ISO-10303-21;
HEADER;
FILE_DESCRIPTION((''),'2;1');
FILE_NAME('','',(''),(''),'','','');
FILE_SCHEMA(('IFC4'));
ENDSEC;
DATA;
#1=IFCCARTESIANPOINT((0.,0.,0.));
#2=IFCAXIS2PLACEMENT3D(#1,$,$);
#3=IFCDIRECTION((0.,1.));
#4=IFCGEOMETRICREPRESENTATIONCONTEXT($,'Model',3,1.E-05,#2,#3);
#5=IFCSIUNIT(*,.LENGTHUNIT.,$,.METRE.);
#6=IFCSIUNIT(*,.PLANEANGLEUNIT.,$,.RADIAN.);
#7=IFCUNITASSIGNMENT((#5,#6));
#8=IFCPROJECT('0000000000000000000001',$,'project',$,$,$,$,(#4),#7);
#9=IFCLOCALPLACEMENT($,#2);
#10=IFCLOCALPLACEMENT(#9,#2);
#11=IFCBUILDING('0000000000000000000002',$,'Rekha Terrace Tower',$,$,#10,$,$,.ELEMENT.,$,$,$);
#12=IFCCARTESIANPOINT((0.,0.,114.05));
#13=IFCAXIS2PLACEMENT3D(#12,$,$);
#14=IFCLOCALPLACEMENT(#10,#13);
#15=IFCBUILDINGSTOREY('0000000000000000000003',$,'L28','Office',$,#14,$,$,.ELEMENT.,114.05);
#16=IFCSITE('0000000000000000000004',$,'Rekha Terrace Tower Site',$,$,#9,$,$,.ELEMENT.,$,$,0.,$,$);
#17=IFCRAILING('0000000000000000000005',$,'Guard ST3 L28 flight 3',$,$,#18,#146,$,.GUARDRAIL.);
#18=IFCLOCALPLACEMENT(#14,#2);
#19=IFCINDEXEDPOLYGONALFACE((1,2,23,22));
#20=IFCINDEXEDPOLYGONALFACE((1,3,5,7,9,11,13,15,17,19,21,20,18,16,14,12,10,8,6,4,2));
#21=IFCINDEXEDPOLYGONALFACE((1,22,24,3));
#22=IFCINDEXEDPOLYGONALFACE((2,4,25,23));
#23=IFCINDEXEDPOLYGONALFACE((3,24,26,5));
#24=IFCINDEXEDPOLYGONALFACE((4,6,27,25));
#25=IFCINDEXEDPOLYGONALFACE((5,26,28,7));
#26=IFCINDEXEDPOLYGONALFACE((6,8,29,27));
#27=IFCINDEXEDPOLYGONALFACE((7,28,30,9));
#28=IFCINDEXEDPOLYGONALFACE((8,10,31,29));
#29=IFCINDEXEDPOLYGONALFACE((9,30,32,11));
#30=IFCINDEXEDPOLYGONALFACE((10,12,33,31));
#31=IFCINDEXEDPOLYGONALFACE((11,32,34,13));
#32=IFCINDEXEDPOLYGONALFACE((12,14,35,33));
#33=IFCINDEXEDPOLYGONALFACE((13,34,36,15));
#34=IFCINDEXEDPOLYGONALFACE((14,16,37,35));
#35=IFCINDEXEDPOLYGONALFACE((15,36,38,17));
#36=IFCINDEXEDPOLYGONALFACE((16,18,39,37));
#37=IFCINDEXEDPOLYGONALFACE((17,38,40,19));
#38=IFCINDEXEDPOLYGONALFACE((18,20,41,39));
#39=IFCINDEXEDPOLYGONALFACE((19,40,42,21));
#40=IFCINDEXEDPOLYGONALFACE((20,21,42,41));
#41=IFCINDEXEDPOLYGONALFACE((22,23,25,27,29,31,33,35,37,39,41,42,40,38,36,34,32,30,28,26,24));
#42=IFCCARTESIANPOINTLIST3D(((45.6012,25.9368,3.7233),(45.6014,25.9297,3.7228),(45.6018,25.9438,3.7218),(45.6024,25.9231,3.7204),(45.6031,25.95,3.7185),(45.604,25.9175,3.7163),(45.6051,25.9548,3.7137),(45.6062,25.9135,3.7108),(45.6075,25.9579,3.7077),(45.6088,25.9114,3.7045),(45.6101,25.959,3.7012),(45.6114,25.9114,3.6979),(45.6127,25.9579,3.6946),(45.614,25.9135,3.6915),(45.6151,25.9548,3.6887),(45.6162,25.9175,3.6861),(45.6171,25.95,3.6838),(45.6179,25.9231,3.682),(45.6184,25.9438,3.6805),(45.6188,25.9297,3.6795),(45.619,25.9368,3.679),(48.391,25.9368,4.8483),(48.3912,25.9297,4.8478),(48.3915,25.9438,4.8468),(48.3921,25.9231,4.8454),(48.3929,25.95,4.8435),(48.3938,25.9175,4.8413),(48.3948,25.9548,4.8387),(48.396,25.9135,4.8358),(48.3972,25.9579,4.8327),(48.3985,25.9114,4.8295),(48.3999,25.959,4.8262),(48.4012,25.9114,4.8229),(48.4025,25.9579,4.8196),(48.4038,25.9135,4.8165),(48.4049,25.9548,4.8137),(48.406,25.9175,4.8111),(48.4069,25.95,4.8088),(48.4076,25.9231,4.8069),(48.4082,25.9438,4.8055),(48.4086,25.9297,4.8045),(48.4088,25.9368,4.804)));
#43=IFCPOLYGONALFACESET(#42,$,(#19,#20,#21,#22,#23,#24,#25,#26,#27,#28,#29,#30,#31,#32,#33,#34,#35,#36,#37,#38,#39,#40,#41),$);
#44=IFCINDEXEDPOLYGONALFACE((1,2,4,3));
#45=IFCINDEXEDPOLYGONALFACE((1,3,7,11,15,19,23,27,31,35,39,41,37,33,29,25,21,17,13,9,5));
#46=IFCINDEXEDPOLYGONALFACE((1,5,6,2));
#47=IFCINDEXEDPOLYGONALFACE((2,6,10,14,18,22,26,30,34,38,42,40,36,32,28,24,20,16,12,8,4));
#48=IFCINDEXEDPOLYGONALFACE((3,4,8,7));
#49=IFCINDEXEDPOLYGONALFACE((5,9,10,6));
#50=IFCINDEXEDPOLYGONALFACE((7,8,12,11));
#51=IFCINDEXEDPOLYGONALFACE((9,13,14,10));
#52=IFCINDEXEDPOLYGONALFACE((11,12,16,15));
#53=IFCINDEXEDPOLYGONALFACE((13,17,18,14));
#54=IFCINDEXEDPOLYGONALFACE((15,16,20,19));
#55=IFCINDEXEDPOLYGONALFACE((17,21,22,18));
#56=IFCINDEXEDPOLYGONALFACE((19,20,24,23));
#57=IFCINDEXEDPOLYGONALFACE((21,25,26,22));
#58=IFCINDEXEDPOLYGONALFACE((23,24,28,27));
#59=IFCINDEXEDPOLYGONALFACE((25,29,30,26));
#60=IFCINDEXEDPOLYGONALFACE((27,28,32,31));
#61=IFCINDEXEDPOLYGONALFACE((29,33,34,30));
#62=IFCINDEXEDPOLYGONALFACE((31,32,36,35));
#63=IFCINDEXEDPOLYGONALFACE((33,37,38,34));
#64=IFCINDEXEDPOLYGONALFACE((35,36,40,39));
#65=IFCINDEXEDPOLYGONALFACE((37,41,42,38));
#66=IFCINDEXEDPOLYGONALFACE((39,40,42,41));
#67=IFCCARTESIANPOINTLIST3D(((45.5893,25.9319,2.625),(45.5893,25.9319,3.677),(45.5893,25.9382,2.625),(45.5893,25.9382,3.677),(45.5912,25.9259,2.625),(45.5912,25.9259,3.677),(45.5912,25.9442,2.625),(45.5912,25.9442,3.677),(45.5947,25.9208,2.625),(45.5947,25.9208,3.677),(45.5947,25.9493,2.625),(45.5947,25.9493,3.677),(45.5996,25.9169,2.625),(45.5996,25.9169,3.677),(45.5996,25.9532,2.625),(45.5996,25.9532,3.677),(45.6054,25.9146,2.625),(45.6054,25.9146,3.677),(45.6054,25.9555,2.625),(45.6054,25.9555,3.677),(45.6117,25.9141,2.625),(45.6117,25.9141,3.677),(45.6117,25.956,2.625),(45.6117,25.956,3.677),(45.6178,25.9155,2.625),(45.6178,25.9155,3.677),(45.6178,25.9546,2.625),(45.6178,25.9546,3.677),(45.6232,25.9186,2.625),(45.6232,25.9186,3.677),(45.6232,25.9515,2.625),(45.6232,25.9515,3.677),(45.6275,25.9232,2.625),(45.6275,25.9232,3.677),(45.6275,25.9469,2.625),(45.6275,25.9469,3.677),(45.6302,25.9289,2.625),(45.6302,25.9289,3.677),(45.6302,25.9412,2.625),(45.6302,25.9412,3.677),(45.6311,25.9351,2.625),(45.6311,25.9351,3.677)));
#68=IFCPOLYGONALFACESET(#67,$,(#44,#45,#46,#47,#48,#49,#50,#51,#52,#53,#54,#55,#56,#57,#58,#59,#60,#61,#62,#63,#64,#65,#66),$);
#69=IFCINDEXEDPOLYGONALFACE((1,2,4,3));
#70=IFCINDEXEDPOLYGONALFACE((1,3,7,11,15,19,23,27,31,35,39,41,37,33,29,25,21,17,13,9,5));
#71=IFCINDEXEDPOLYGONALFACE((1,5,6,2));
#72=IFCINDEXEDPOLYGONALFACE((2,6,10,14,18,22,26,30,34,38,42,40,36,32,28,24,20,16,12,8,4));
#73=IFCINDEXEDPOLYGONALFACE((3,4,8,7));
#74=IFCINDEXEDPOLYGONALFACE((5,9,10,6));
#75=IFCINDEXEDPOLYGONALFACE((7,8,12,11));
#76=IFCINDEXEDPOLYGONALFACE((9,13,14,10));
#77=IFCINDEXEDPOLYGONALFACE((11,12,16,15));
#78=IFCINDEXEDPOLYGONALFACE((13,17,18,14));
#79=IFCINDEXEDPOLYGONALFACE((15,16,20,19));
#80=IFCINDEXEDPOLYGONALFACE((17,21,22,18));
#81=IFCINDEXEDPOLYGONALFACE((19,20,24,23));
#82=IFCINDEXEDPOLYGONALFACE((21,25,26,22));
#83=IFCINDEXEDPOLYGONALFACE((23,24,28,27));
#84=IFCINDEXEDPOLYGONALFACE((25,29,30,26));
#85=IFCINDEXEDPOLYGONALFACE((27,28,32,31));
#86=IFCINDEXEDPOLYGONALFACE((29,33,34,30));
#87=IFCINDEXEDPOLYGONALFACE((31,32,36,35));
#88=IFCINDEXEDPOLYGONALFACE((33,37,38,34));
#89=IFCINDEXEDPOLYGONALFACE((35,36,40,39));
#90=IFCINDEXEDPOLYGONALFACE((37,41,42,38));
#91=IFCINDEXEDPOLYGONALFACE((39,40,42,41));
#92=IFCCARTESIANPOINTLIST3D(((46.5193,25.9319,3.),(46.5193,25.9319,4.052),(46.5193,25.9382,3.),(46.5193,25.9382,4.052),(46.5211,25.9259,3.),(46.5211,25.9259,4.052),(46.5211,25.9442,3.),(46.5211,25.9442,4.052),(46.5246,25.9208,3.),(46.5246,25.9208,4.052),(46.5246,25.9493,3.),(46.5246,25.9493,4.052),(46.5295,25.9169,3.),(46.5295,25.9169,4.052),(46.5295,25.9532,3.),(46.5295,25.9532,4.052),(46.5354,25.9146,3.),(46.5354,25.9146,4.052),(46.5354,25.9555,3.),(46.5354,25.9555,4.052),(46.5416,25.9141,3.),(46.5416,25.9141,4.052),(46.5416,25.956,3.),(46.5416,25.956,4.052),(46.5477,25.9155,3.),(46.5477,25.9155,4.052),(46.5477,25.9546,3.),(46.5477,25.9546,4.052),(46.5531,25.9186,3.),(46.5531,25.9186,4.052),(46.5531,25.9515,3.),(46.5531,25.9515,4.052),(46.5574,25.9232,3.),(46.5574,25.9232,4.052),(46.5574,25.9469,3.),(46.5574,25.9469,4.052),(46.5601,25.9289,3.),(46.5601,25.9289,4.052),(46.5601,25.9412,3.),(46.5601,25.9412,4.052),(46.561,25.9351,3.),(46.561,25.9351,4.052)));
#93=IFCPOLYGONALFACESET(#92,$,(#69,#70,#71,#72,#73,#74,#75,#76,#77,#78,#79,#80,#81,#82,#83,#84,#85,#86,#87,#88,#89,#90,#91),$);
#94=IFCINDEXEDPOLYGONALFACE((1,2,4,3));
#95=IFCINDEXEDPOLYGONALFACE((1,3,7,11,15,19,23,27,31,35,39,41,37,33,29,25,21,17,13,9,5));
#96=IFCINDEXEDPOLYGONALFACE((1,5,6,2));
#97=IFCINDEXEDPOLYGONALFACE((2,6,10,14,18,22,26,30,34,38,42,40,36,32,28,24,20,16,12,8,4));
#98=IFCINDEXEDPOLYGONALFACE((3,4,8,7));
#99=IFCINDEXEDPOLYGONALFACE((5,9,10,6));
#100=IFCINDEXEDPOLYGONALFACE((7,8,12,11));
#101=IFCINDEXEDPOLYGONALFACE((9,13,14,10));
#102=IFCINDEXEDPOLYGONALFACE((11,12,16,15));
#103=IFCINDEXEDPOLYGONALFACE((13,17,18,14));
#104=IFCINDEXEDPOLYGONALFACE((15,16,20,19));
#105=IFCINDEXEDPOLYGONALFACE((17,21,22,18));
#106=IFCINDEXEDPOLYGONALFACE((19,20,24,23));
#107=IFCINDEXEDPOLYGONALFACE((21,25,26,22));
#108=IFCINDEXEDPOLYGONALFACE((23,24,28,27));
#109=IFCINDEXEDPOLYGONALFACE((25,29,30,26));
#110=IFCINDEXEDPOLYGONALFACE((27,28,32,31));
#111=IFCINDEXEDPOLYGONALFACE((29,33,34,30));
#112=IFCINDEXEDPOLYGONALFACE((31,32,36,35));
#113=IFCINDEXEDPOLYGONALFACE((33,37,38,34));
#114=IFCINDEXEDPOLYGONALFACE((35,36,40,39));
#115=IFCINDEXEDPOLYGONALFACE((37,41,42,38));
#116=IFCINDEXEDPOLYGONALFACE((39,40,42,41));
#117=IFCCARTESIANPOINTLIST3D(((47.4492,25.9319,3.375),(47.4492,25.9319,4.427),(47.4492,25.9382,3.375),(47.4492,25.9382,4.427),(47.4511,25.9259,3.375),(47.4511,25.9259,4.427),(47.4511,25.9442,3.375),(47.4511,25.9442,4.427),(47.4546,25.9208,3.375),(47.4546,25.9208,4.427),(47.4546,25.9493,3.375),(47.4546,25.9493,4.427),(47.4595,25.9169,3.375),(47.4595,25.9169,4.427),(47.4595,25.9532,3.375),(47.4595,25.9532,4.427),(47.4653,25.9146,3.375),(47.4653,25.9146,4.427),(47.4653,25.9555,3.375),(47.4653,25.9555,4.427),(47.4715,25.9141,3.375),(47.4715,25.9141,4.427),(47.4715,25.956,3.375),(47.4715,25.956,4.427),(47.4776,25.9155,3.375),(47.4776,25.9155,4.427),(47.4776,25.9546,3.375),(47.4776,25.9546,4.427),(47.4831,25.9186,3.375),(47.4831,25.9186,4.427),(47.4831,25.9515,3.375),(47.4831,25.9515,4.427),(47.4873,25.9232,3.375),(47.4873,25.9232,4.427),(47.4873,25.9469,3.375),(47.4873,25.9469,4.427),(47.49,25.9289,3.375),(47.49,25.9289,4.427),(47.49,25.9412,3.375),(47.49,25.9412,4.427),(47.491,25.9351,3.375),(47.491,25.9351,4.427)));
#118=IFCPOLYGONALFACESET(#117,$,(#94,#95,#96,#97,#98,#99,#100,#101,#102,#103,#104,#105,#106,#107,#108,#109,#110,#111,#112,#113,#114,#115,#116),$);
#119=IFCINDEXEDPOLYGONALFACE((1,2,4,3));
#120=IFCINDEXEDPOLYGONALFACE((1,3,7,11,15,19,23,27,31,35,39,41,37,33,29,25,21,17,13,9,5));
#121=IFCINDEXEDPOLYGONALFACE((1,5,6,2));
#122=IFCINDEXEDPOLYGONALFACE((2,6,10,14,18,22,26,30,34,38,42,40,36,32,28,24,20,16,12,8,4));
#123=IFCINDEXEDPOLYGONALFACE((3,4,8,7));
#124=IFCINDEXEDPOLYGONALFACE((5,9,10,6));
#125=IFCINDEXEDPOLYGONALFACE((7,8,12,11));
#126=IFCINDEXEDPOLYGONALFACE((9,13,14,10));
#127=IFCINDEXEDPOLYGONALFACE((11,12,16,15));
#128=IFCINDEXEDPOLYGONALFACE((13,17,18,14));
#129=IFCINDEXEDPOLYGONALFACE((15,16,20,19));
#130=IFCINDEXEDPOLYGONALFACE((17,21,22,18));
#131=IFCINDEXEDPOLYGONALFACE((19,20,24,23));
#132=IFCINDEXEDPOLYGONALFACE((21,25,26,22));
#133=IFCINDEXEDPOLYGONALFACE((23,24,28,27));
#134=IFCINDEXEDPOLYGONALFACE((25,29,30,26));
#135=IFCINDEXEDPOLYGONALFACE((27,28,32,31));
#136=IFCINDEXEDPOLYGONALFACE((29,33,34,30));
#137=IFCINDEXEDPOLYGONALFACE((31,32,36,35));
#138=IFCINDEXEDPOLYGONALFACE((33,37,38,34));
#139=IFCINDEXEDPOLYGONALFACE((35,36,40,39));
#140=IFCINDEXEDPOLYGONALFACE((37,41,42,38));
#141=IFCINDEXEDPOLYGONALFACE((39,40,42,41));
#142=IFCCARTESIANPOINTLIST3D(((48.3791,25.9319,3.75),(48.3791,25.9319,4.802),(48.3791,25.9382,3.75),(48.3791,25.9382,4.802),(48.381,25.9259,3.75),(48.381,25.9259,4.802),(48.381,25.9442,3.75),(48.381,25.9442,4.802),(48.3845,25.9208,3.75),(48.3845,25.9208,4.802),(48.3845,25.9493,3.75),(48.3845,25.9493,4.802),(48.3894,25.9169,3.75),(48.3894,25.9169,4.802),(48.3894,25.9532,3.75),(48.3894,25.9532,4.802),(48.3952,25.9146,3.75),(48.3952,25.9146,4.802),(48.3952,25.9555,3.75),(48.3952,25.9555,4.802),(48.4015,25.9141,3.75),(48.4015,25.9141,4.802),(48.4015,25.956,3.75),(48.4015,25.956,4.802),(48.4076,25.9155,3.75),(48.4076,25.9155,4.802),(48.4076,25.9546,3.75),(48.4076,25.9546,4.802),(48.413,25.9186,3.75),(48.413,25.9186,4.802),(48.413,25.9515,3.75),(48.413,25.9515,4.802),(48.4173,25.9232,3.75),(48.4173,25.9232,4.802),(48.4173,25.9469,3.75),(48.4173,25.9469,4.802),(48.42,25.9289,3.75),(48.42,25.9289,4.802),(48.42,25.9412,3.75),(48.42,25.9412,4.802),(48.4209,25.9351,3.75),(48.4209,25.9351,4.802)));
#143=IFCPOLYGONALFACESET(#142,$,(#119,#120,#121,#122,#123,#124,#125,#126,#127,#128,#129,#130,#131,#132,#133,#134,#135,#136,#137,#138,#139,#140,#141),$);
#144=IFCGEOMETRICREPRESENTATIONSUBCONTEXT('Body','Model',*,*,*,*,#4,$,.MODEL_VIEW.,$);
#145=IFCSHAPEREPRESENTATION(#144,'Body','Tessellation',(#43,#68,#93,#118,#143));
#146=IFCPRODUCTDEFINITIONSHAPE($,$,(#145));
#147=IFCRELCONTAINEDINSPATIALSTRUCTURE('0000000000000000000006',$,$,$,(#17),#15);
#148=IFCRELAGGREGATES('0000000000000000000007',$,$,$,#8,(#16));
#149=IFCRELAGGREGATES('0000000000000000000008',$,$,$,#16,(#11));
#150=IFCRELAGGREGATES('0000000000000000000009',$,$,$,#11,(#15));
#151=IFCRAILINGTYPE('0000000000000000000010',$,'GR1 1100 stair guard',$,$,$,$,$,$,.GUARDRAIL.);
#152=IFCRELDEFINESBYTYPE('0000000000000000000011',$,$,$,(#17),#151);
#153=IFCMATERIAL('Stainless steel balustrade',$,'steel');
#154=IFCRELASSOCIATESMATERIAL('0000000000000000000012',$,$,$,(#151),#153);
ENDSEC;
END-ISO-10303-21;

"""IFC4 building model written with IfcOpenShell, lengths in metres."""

from ifc_helpers import new_model, si_unit, direction, frame, origin, origin_2d, place, context, subcontext, project, spatial, circle, extrude, material, type_object, element, save


model = new_model("IFC4")

# Units and contexts
model_context = context("Model", 3, precision=1e-05, world=origin(), true_north=direction((0.0, 1.0)))
body_context = subcontext(model_context, "Body", "Model", "MODEL_VIEW")
ifc_project = project(units=[si_unit("LENGTHUNIT", "METRE"), si_unit("PLANEANGLEUNIT", "RADIAN")], contexts=[model_context])

# Site, building, storey
site_placement = place(None, origin())
site = spatial("IfcSite", under=ifc_project, at=site_placement, Name="Rekha Terrace Tower Site", CompositionType="ELEMENT", RefElevation=0.0)
building_placement = place(site_placement, origin())
building = spatial("IfcBuilding", under=site, at=building_placement, Name="Rekha Terrace Tower", CompositionType="ELEMENT")
storey_placement = place(building_placement, frame((0.0, 0.0, 114.05)))
storey = spatial("IfcBuildingStorey", under=building, at=storey_placement, Name="L28", Description="Office", CompositionType="ELEMENT", Elevation=114.05)

# Railing
ifc_material_1 = material(Name="Stainless steel balustrade", Category="steel")
railing_type_1 = type_object("IfcRailingType", Name="GR1 1100 stair guard", PredefinedType="GUARDRAIL", material=ifc_material_1)
railing_1_placement = place(storey_placement, frame((45.6101, 25.9351, 2.625)))
element("IfcRailing", 1, at=railing_1_placement, inside=storey, type_object=railing_type_1, Name="Guard ST3 L28 flight 3", PredefinedType="GUARDRAIL", context=body_context, shape_type="SweptSolid", body=[
    extrude(circle(Radius=0.0239, at=origin_2d()), frame((0.0, 0.0, 1.0762), z_axis=(0.927432, 0.0, 0.373992), x_axis=(0.0, 1.0, 0.0)), (0.0, 0.0, 1.0), 3.0081),
    extrude(circle(Radius=0.021, at=origin_2d()), origin(), (0.0, 0.0, 1.0), 1.052),
    extrude(circle(Radius=0.021, at=origin_2d()), frame((0.9299, 0.0, 0.375)), (0.0, 0.0, 1.0), 1.052),
    extrude(circle(Radius=0.021, at=origin_2d()), frame((1.8599, 0.0, 0.75)), (0.0, 0.0, 1.0), 1.052),
    extrude(circle(Radius=0.021, at=origin_2d()), frame((2.7898, 0.0, 1.125)), (0.0, 0.0, 1.0), 1.052),
])

save(model, "model.ifc")
